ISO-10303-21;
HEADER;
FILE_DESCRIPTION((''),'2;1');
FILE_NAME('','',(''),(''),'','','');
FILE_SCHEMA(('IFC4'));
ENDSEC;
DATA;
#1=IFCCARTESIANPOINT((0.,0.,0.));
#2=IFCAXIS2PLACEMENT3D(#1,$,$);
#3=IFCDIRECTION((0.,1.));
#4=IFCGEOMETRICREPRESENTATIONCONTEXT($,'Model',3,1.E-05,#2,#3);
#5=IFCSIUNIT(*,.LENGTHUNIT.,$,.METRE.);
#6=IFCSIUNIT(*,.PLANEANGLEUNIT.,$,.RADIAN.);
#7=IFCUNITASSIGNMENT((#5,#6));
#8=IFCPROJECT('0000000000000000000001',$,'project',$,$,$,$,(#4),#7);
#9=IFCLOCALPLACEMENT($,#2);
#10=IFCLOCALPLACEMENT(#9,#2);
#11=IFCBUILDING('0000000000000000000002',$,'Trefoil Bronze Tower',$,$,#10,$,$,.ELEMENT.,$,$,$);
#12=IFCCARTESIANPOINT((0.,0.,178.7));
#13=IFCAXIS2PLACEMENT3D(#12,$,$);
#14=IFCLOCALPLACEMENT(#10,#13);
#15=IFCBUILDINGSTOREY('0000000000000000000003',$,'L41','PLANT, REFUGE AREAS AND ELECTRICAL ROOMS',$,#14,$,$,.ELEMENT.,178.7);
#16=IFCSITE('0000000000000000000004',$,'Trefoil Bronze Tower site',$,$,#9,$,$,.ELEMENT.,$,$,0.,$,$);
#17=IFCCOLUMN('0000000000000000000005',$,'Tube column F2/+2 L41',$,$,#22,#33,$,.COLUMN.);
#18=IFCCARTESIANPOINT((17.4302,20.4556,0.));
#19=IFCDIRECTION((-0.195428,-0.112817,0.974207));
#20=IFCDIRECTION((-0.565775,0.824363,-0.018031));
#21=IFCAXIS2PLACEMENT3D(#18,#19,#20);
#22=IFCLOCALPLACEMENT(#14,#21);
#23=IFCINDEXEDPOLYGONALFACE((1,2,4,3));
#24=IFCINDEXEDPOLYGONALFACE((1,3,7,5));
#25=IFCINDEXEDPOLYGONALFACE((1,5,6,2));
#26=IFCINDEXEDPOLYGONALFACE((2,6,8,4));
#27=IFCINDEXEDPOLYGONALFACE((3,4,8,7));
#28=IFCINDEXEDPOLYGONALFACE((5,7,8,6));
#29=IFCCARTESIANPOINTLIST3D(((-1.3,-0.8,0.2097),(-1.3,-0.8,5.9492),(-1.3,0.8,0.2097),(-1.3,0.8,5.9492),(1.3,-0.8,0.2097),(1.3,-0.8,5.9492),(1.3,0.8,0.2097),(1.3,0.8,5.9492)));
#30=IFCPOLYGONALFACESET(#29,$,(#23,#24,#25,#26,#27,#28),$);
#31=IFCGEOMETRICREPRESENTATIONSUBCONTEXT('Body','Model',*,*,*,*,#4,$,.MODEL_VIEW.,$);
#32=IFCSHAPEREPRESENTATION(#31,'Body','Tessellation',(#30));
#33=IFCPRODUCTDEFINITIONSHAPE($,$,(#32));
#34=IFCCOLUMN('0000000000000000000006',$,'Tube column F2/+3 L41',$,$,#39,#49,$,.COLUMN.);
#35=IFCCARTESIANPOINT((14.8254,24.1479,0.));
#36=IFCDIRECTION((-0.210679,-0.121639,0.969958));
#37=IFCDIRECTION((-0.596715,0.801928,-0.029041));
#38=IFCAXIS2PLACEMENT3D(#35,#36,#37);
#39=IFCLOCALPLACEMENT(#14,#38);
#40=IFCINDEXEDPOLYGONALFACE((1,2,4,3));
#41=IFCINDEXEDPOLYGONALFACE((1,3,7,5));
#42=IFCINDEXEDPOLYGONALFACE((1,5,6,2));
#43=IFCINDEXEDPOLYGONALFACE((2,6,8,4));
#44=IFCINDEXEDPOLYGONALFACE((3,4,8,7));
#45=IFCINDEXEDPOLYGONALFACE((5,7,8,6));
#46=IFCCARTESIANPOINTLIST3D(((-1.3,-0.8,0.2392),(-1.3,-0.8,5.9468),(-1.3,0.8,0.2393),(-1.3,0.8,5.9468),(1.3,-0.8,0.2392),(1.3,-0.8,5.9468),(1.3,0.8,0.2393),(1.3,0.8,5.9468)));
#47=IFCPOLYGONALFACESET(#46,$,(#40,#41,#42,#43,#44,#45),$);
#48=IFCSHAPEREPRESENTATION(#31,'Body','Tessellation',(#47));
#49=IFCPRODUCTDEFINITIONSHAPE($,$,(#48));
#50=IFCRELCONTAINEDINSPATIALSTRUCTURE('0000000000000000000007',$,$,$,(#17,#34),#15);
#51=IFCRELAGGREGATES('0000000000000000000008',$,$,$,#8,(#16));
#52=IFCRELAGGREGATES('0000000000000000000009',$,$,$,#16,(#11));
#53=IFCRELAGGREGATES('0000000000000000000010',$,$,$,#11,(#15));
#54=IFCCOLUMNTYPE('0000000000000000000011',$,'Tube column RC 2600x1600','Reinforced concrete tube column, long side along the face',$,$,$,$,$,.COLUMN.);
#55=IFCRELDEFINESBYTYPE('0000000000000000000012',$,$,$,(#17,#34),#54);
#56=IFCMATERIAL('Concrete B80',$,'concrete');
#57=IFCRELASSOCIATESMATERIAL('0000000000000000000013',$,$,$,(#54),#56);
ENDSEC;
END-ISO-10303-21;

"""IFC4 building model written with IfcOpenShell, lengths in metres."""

from ifc_helpers import new_model, si_unit, direction, frame, origin, origin_2d, place, context, subcontext, project, spatial, rectangle, extrude, clip, halfspace, material, material_profile, profile_set, type_object, element, save


model = new_model("IFC4")

# Units and contexts
model_context = context("Model", 3, precision=1e-05, world=origin(), true_north=direction((0.0, 1.0)))
body_context = subcontext(model_context, "Body", "Model", "MODEL_VIEW")
ifc_project = project(units=[si_unit("LENGTHUNIT", "METRE"), si_unit("PLANEANGLEUNIT", "RADIAN")], contexts=[model_context])

# Site, building, storey
site_placement = place(None, origin())
site = spatial("IfcSite", under=ifc_project, at=site_placement, Name="Trefoil Bronze Tower site", CompositionType="ELEMENT", RefElevation=0.0)
building_placement = place(site_placement, origin())
building = spatial("IfcBuilding", under=site, at=building_placement, Name="Trefoil Bronze Tower", CompositionType="ELEMENT")
storey_placement = place(building_placement, frame((0.0, 0.0, 178.7)))
storey = spatial("IfcBuildingStorey", under=building, at=storey_placement, Name="L41", Description="PLANT, REFUGE AREAS AND ELECTRICAL ROOMS", CompositionType="ELEMENT", Elevation=178.7)

# Columns
ifc_material_1 = material(Name="Concrete B80", Category="concrete")
ifc_material_profile_1 = material_profile(ifc_material_1, rectangle(XDim=2.6001, YDim=1.6001, at=origin_2d()), Name="RC 2600x1600")
ifc_profile_set_1 = profile_set([ifc_material_profile_1], Name="Concrete B80")
column_type = type_object("IfcColumnType", Name="Tube column RC 2600x1600", Description="Reinforced concrete tube column, long side along the face", PredefinedType="COLUMN", material=ifc_profile_set_1)
column_1_placement = place(storey_placement, frame((17.4302, 20.4556, 0.0), z_axis=(-0.195428, -0.112817, 0.974207), x_axis=(-0.565775, 0.824363, -0.018031)))
element("IfcColumn", 1, at=column_1_placement, inside=storey, type_object=column_type, Name="Tube column F2/+2 L41", PredefinedType="COLUMN", context=body_context, shape_type="Clipping", body=[
    clip(clip(extrude(rectangle(XDim=2.6001, YDim=1.6001, at=origin_2d()), origin(), (0.0, 0.0, 1.0), 6.1589), halfspace(frame((0.0, 0.0, 0.2097), z_axis=(-0.00001, 0.000015, 1.0), x_axis=(0.0, 1.0, -0.000015)), True)), halfspace(frame((0.0, 0.0, 5.9492), z_axis=(0.00001, -0.000015, -1.0), x_axis=(0.0, -1.0, 0.000015)), True)),
])
column_2_placement = place(storey_placement, frame((14.8254, 24.1479, 0.0), z_axis=(-0.210679, -0.121639, 0.969958), x_axis=(-0.596715, 0.801928, -0.029041)))
element("IfcColumn", 2, at=column_2_placement, inside=storey, type_object=column_type, Name="Tube column F2/+3 L41", PredefinedType="COLUMN", context=body_context, shape_type="Clipping", body=[
    clip(clip(extrude(rectangle(XDim=2.6001, YDim=1.6001, at=origin_2d()), origin(), (0.0, 0.0, 1.0), 6.1858), halfspace(frame((0.0, 0.0, 0.2393), z_axis=(0.000001, -0.00002, 1.0), x_axis=(0.0, 1.0, 0.00002)), True)), halfspace(frame((0.0, 0.0, 5.9468), z_axis=(-0.000001, 0.00002, -1.0), x_axis=(0.0, -1.0, -0.00002)), True)),
])

save(model, "model.ifc")
